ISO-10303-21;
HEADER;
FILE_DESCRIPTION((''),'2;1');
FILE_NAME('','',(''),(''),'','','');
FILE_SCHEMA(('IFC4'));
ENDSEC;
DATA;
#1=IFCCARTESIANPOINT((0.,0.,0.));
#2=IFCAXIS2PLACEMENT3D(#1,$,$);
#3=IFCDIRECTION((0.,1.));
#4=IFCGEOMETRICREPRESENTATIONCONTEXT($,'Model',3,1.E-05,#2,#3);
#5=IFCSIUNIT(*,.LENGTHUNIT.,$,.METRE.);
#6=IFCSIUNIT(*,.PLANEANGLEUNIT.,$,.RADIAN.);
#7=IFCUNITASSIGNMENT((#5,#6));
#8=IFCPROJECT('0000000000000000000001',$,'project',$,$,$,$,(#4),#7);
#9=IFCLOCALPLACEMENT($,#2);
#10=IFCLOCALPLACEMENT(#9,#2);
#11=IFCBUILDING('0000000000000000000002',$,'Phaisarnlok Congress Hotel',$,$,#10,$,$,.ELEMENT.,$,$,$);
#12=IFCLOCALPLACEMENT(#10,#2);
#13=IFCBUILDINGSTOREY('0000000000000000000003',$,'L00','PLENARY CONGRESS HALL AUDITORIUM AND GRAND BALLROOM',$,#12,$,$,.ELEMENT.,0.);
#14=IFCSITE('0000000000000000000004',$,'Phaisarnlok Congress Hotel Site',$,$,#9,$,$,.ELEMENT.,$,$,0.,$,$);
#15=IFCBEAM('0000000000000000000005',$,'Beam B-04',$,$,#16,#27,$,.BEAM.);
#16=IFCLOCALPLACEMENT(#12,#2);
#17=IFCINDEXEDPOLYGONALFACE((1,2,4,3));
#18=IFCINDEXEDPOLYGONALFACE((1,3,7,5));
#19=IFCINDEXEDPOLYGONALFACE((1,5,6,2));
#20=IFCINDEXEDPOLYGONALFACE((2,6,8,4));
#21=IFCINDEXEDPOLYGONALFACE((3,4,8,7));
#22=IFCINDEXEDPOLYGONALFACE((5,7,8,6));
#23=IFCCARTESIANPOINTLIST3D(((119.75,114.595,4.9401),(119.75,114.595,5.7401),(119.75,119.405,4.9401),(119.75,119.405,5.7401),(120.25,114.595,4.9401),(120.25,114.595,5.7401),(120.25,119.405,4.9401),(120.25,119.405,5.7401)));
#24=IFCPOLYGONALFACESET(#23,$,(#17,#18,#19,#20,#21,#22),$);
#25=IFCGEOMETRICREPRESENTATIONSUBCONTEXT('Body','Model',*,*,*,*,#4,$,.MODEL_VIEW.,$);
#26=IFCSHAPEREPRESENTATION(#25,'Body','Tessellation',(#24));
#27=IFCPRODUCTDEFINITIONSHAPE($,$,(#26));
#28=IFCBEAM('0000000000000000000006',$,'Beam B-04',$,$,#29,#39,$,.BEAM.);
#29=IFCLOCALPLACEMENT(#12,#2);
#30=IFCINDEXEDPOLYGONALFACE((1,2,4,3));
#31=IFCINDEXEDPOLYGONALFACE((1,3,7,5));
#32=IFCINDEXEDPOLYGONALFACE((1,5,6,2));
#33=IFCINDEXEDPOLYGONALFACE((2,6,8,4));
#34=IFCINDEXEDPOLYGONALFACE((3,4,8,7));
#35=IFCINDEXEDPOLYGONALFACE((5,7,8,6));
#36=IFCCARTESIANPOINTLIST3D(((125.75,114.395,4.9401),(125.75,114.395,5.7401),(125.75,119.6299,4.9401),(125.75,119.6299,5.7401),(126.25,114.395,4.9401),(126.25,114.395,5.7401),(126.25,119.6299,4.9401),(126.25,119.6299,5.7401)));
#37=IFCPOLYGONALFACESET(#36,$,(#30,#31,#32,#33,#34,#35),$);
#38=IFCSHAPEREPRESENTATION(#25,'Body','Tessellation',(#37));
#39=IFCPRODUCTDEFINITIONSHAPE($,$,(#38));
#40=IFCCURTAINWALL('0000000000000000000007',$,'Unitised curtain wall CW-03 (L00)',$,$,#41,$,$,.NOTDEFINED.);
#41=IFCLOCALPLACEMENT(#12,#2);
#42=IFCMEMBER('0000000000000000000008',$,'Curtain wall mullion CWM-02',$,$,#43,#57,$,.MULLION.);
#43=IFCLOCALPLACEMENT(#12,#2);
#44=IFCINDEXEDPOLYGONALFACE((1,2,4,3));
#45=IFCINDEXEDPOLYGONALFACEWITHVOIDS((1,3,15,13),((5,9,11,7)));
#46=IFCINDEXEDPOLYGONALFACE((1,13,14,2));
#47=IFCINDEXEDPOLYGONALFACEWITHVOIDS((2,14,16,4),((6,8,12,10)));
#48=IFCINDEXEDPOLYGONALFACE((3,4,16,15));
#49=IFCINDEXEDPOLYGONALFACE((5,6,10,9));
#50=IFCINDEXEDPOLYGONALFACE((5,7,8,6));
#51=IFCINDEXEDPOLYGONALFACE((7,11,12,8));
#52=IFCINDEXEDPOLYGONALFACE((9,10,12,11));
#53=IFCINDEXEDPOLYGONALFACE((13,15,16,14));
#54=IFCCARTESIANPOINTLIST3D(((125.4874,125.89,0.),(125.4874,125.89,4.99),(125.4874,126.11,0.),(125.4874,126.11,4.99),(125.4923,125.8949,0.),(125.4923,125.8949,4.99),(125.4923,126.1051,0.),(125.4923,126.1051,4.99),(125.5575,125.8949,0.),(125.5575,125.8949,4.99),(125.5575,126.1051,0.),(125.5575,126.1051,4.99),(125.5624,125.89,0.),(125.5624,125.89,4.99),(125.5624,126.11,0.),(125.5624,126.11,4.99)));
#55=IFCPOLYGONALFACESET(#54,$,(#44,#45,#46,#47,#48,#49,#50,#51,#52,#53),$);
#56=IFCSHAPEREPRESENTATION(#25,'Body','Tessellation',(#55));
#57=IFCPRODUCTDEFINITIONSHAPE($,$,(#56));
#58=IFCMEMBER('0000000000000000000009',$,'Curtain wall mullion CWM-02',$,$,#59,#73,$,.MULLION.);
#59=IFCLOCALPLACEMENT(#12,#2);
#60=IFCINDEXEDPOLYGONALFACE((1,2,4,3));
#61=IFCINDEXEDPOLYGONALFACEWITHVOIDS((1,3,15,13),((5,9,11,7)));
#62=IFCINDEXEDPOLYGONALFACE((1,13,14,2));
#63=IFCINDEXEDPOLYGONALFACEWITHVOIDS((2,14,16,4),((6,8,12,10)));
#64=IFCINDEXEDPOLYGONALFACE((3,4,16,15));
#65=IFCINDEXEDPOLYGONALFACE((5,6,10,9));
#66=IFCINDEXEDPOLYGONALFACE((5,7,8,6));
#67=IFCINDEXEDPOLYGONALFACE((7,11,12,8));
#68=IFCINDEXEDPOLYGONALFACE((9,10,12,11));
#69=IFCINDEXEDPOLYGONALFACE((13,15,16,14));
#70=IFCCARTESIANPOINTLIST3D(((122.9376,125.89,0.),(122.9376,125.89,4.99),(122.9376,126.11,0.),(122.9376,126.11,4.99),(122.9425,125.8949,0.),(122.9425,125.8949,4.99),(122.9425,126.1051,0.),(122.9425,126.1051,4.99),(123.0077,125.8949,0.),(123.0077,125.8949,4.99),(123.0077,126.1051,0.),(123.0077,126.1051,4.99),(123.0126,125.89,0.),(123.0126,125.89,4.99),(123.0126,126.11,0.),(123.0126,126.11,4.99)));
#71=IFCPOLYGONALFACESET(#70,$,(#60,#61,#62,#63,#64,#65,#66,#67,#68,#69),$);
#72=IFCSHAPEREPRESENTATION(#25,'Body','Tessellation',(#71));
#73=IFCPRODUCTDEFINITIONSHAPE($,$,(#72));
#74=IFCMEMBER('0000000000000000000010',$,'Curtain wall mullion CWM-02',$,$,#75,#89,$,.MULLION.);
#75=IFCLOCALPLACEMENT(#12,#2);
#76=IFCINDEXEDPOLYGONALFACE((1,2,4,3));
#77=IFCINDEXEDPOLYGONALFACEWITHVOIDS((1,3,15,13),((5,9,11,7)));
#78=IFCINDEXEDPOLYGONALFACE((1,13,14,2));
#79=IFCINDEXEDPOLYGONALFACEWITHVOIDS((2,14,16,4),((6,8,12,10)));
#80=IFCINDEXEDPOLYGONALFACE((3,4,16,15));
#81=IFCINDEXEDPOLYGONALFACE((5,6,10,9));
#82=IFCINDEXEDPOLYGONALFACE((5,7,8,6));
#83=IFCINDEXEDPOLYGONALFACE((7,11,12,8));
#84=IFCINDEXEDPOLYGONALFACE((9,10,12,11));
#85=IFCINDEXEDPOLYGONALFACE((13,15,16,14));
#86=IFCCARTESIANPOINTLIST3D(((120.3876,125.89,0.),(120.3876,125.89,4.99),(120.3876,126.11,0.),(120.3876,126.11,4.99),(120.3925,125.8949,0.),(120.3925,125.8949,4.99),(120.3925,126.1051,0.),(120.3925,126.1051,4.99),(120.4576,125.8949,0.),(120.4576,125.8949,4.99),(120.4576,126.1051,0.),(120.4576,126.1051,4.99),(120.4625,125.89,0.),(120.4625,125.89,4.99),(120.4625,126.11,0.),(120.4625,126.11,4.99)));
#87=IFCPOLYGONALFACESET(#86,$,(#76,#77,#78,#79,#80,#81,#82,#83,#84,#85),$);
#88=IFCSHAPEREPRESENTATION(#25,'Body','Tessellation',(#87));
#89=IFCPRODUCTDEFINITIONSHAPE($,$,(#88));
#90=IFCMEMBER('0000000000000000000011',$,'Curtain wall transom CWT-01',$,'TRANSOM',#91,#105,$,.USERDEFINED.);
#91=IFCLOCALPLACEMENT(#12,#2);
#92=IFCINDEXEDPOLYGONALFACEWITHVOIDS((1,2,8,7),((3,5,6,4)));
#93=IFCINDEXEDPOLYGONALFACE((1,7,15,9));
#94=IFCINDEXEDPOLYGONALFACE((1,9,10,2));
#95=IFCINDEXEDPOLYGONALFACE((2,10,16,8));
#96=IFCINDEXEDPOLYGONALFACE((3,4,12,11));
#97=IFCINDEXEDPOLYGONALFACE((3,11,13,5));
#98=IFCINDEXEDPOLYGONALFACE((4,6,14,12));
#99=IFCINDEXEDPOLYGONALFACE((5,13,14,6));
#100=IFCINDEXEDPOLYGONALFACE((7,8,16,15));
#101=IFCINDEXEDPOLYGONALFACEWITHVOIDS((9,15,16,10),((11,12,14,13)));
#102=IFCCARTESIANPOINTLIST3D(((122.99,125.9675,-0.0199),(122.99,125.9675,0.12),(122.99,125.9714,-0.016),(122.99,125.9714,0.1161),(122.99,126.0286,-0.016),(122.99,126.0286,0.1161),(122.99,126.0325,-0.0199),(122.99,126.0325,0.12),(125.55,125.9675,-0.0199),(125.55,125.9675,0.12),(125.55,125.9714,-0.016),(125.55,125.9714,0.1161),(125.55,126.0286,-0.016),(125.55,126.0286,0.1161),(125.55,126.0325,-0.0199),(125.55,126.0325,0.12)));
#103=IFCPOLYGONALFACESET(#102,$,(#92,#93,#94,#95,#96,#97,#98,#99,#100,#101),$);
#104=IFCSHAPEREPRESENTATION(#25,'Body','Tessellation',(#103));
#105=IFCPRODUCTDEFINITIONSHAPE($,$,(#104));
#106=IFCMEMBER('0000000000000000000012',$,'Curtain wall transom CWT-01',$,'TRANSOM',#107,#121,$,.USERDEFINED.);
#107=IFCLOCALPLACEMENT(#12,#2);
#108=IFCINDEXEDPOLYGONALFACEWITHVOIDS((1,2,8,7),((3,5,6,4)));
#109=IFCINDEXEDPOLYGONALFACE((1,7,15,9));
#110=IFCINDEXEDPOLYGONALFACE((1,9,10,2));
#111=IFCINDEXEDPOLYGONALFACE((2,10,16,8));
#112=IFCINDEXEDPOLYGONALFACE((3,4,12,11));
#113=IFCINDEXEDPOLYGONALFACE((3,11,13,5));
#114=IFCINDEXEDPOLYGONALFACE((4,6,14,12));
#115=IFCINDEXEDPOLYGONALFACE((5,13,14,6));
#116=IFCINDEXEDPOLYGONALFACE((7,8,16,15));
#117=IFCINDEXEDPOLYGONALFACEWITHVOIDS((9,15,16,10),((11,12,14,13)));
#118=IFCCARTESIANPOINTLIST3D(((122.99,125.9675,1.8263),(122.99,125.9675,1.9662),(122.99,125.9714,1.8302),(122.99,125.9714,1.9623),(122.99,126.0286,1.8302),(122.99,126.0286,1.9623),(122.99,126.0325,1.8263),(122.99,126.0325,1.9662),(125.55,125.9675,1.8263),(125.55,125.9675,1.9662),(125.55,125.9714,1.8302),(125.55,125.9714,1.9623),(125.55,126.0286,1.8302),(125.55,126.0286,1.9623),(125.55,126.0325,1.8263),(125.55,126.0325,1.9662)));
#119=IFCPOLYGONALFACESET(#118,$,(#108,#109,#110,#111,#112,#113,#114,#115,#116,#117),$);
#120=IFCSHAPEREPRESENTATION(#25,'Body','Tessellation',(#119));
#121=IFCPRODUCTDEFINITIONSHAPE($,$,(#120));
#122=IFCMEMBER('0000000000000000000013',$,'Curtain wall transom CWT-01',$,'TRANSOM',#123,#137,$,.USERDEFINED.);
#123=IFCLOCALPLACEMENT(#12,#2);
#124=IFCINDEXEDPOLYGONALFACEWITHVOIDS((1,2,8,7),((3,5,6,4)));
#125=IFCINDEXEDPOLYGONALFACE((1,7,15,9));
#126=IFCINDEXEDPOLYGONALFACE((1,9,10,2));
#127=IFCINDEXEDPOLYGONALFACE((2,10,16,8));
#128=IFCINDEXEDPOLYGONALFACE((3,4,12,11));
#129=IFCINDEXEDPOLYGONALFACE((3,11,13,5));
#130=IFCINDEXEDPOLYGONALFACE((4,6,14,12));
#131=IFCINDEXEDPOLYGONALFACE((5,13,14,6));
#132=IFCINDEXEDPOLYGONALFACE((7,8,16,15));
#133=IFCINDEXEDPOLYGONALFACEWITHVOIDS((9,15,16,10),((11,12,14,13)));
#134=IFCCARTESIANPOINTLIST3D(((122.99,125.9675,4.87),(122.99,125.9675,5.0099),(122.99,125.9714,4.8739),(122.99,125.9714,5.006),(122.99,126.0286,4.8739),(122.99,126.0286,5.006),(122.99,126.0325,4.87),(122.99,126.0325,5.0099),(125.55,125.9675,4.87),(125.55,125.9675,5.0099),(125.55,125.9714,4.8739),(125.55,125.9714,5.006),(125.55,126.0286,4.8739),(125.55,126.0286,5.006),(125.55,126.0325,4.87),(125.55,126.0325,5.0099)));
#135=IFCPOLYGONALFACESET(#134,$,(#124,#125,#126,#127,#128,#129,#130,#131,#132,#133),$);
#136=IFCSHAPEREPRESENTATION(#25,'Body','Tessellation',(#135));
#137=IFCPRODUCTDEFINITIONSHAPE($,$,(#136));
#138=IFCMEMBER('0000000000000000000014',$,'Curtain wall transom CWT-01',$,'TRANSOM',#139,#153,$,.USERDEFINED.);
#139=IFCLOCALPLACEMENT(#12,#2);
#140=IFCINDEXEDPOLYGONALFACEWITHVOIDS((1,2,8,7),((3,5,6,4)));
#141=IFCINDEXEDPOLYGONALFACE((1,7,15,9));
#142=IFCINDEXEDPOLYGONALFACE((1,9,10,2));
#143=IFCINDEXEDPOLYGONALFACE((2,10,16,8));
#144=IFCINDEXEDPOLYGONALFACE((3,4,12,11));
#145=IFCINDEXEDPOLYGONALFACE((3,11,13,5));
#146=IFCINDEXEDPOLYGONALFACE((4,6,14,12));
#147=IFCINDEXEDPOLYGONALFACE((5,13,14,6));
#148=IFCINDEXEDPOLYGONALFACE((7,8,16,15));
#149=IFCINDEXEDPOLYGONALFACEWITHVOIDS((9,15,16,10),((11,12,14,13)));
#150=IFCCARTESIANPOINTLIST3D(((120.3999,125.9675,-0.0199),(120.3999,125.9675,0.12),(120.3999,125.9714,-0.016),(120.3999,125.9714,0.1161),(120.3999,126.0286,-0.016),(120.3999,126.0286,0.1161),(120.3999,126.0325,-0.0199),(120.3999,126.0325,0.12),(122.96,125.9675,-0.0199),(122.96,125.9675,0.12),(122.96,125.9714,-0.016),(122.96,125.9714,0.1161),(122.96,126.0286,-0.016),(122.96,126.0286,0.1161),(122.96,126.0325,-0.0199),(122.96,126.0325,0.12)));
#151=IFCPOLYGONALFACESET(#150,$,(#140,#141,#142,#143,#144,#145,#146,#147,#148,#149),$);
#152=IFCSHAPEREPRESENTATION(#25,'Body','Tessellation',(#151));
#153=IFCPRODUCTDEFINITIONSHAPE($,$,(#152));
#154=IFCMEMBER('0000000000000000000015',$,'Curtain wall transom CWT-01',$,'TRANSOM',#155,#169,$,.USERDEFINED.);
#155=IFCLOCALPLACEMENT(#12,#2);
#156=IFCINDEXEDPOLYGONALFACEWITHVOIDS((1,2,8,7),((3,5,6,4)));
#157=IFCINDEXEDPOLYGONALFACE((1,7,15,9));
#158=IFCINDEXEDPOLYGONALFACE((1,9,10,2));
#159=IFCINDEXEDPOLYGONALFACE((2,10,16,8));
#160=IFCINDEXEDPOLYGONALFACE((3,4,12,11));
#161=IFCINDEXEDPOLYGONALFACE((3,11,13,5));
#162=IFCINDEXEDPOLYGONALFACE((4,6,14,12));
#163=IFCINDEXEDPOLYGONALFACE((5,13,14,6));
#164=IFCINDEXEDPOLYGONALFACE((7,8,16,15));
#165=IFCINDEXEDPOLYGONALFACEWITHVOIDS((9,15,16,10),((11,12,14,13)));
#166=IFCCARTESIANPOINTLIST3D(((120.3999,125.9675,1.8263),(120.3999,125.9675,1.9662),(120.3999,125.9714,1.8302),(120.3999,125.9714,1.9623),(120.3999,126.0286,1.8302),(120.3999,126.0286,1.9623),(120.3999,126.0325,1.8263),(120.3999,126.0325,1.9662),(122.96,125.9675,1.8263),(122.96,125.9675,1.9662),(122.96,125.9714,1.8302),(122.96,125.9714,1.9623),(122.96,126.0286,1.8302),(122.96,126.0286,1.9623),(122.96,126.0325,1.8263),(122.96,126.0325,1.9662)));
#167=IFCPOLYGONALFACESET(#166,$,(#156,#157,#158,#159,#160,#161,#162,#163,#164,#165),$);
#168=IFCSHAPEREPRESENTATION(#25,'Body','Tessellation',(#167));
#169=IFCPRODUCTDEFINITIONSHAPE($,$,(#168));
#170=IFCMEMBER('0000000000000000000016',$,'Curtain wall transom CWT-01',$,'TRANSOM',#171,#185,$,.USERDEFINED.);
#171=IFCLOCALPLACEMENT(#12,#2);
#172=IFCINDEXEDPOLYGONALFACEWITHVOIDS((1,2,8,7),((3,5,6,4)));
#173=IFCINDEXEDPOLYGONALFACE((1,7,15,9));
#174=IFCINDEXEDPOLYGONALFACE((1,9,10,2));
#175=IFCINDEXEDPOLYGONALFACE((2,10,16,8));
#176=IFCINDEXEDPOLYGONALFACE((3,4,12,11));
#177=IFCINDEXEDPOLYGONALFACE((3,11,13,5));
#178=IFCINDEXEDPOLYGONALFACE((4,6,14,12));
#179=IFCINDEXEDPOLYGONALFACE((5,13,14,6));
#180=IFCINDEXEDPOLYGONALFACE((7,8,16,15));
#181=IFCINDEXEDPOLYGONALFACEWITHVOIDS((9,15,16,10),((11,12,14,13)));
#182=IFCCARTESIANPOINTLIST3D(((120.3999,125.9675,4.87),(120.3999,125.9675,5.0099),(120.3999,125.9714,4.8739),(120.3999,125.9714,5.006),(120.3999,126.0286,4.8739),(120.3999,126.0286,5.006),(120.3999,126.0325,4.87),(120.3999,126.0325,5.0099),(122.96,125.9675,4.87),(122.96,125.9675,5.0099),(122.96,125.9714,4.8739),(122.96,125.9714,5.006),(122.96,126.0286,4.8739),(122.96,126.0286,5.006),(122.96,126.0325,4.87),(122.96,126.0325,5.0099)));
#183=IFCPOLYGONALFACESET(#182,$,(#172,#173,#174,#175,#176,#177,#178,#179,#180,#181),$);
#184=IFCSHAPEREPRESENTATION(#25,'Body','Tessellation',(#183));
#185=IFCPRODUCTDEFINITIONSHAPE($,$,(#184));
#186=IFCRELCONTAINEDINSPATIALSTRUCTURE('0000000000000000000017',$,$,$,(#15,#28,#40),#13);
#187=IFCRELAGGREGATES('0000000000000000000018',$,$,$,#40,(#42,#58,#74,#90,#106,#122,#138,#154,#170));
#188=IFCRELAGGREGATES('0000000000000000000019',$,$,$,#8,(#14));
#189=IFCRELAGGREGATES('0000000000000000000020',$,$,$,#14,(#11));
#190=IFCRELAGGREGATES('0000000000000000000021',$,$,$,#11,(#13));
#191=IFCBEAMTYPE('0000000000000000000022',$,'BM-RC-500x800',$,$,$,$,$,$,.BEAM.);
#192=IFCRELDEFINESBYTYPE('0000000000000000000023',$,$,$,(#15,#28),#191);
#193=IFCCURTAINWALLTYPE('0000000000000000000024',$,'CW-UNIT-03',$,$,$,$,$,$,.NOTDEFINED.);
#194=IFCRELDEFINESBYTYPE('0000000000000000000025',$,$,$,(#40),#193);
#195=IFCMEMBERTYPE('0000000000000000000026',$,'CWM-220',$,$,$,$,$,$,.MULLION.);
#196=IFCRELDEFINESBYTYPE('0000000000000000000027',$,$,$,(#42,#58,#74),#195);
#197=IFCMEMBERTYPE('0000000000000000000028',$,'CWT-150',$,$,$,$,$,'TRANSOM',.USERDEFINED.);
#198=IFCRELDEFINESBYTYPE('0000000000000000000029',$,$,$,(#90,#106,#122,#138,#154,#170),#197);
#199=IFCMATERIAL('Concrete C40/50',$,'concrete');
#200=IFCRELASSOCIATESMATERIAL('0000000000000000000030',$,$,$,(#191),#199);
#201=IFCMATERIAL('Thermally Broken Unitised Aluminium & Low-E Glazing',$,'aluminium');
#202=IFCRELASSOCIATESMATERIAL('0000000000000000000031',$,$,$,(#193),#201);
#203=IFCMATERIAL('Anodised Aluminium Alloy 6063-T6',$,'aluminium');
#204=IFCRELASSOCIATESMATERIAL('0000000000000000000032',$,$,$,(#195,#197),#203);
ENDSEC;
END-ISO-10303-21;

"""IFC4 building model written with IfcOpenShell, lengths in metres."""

from ifc_helpers import new_model, si_unit, direction, frame, origin, origin_2d, place, context, subcontext, project, spatial, rectangle, hollow_rectangle, extrude, material, material_profile, profile_set, type_object, element, aggregate, save


model = new_model("IFC4")

# Units and contexts
model_context = context("Model", 3, precision=1e-05, world=origin(), true_north=direction((0.0, 1.0)))
body_context = subcontext(model_context, "Body", "Model", "MODEL_VIEW")
ifc_project = project(units=[si_unit("LENGTHUNIT", "METRE"), si_unit("PLANEANGLEUNIT", "RADIAN")], contexts=[model_context])

# Site, building, storey
site_placement = place(None, origin())
site = spatial("IfcSite", under=ifc_project, at=site_placement, Name="Phaisarnlok Congress Hotel Site", CompositionType="ELEMENT", RefElevation=0.0)
building_placement = place(site_placement, origin())
building = spatial("IfcBuilding", under=site, at=building_placement, Name="Phaisarnlok Congress Hotel", CompositionType="ELEMENT")
storey_placement = place(building_placement, origin())
storey = spatial("IfcBuildingStorey", under=building, at=storey_placement, Name="L00", Description="PLENARY CONGRESS HALL AUDITORIUM AND GRAND BALLROOM", CompositionType="ELEMENT", Elevation=0.0)

# Beams
ifc_material_1 = material(Name="Concrete C40/50", Category="concrete")
ifc_material_profile_1 = material_profile(ifc_material_1, rectangle(XDim=0.5, YDim=0.8, at=origin_2d()), Name="RC 500x800")
ifc_profile_set_1 = profile_set([ifc_material_profile_1], Name="Concrete C40/50")
beam_type_1 = type_object("IfcBeamType", Name="BM-RC-500x800", PredefinedType="BEAM", material=ifc_profile_set_1)
beam_1_placement = place(storey_placement, frame((120.0, 114.595, 5.3401), z_axis=(0.0, 1.0, 0.0), x_axis=(-1.0, 0.0, 0.0)))
element("IfcBeam", 1, at=beam_1_placement, inside=storey, type_object=beam_type_1, Name="Beam B-04", PredefinedType="BEAM", context=body_context, shape_type="SweptSolid", body=[
    extrude(rectangle(XDim=0.5, YDim=0.8, at=origin_2d()), origin(), (0.0, 0.0, 1.0), 4.8101),
])
beam_2_placement = place(storey_placement, frame((126.0, 114.395, 5.3401), z_axis=(0.0, 1.0, 0.0), x_axis=(-1.0, 0.0, 0.0)))
element("IfcBeam", 2, at=beam_2_placement, inside=storey, type_object=beam_type_1, Name="Beam B-04", PredefinedType="BEAM", context=body_context, shape_type="SweptSolid", body=[
    extrude(rectangle(XDim=0.5, YDim=0.8, at=origin_2d()), origin(), (0.0, 0.0, 1.0), 5.2349),
])

# Curtain wall, members
ifc_material_2 = material(Name="Thermally Broken Unitised Aluminium & Low-E Glazing", Category="aluminium")
curtain_wall_type = type_object("IfcCurtainWallType", Name="CW-UNIT-03", PredefinedType="NOTDEFINED", material=ifc_material_2)
curtain_wall_placement = place(storey_placement, origin())
curtain_wall = element("IfcCurtainWall", 3, at=curtain_wall_placement, inside=storey, type_object=curtain_wall_type, Name="Unitised curtain wall CW-03 (L00)", PredefinedType="NOTDEFINED")
ifc_material_3 = material(Name="Anodised Aluminium Alloy 6063-T6", Category="aluminium")
ifc_material_profile_2 = material_profile(ifc_material_3, hollow_rectangle(XDim=0.075, YDim=0.22, WallThickness=0.0049, at=origin_2d()), Name="ALU-M 75x220x5")
ifc_profile_set_2 = profile_set([ifc_material_profile_2], Name="Anodised Aluminium Alloy 6063-T6")
member_type_1 = type_object("IfcMemberType", Name="CWM-220", PredefinedType="MULLION", material=ifc_profile_set_2)
member_1_placement = place(storey_placement, frame((125.5249, 126.0, 0.0), z_axis=(0.0, 0.0, 1.0), x_axis=(-1.0, 0.0, 0.0)))
member_1 = element("IfcMember", 4, at=member_1_placement, type_object=member_type_1, Name="Curtain wall mullion CWM-02", PredefinedType="MULLION", context=body_context, shape_type="SweptSolid", body=[
    extrude(hollow_rectangle(XDim=0.075, YDim=0.22, WallThickness=0.0049, at=origin_2d()), origin(), (0.0, 0.0, 1.0), 4.99),
])
member_2_placement = place(storey_placement, frame((122.9751, 126.0, 0.0), z_axis=(0.0, 0.0, 1.0), x_axis=(-1.0, 0.0, 0.0)))
member_2 = element("IfcMember", 5, at=member_2_placement, type_object=member_type_1, Name="Curtain wall mullion CWM-02", PredefinedType="MULLION", context=body_context, shape_type="SweptSolid", body=[
    extrude(hollow_rectangle(XDim=0.075, YDim=0.22, WallThickness=0.0049, at=origin_2d()), origin(), (0.0, 0.0, 1.0), 4.99),
])
member_3_placement = place(storey_placement, frame((120.425, 126.0, 0.0), z_axis=(0.0, 0.0, 1.0), x_axis=(-1.0, 0.0, 0.0)))
member_3 = element("IfcMember", 6, at=member_3_placement, type_object=member_type_1, Name="Curtain wall mullion CWM-02", PredefinedType="MULLION", context=body_context, shape_type="SweptSolid", body=[
    extrude(hollow_rectangle(XDim=0.075, YDim=0.22, WallThickness=0.0049, at=origin_2d()), origin(), (0.0, 0.0, 1.0), 4.99),
])
ifc_material_profile_3 = material_profile(ifc_material_3, hollow_rectangle(XDim=0.0649, YDim=0.1399, WallThickness=0.0039, at=origin_2d()), Name="ALU-T 65x140x4")
ifc_profile_set_3 = profile_set([ifc_material_profile_3], Name="Anodised Aluminium Alloy 6063-T6")
member_type_2 = type_object("IfcMemberType", Name="CWT-150", ElementType="TRANSOM", PredefinedType="USERDEFINED", material=ifc_profile_set_3)
member_4_placement = place(storey_placement, frame((125.55, 126.0, 0.05), z_axis=(-1.0, 0.0, 0.0), x_axis=(0.0, -1.0, 0.0)))
member_4 = element("IfcMember", 7, at=member_4_placement, type_object=member_type_2, Name="Curtain wall transom CWT-01", ObjectType="TRANSOM", PredefinedType="USERDEFINED", context=body_context, shape_type="SweptSolid", body=[
    extrude(hollow_rectangle(XDim=0.0649, YDim=0.1399, WallThickness=0.0039, at=origin_2d()), origin(), (0.0, 0.0, 1.0), 2.5601),
])
member_5_placement = place(storey_placement, frame((125.55, 126.0, 1.8962), z_axis=(-1.0, 0.0, 0.0), x_axis=(0.0, -1.0, 0.0)))
member_5 = element("IfcMember", 8, at=member_5_placement, type_object=member_type_2, Name="Curtain wall transom CWT-01", ObjectType="TRANSOM", PredefinedType="USERDEFINED", context=body_context, shape_type="SweptSolid", body=[
    extrude(hollow_rectangle(XDim=0.0649, YDim=0.1399, WallThickness=0.0039, at=origin_2d()), origin(), (0.0, 0.0, 1.0), 2.5601),
])
member_6_placement = place(storey_placement, frame((125.55, 126.0, 4.9399), z_axis=(-1.0, 0.0, 0.0), x_axis=(0.0, -1.0, 0.0)))
member_6 = element("IfcMember", 9, at=member_6_placement, type_object=member_type_2, Name="Curtain wall transom CWT-01", ObjectType="TRANSOM", PredefinedType="USERDEFINED", context=body_context, shape_type="SweptSolid", body=[
    extrude(hollow_rectangle(XDim=0.0649, YDim=0.1399, WallThickness=0.0039, at=origin_2d()), origin(), (0.0, 0.0, 1.0), 2.5601),
])
member_7_placement = place(storey_placement, frame((122.96, 126.0, 0.05), z_axis=(-1.0, 0.0, 0.0), x_axis=(0.0, -1.0, 0.0)))
member_7 = element("IfcMember", 10, at=member_7_placement, type_object=member_type_2, Name="Curtain wall transom CWT-01", ObjectType="TRANSOM", PredefinedType="USERDEFINED", context=body_context, shape_type="SweptSolid", body=[
    extrude(hollow_rectangle(XDim=0.0649, YDim=0.1399, WallThickness=0.0039, at=origin_2d()), origin(), (0.0, 0.0, 1.0), 2.5601),
])
member_8_placement = place(storey_placement, frame((122.96, 126.0, 1.8962), z_axis=(-1.0, 0.0, 0.0), x_axis=(0.0, -1.0, 0.0)))
member_8 = element("IfcMember", 11, at=member_8_placement, type_object=member_type_2, Name="Curtain wall transom CWT-01", ObjectType="TRANSOM", PredefinedType="USERDEFINED", context=body_context, shape_type="SweptSolid", body=[
    extrude(hollow_rectangle(XDim=0.0649, YDim=0.1399, WallThickness=0.0039, at=origin_2d()), origin(), (0.0, 0.0, 1.0), 2.5601),
])
member_9_placement = place(storey_placement, frame((122.96, 126.0, 4.9399), z_axis=(-1.0, 0.0, 0.0), x_axis=(0.0, -1.0, 0.0)))
member_9 = element("IfcMember", 12, at=member_9_placement, type_object=member_type_2, Name="Curtain wall transom CWT-01", ObjectType="TRANSOM", PredefinedType="USERDEFINED", context=body_context, shape_type="SweptSolid", body=[
    extrude(hollow_rectangle(XDim=0.0649, YDim=0.1399, WallThickness=0.0039, at=origin_2d()), origin(), (0.0, 0.0, 1.0), 2.5601),
])

aggregate(curtain_wall, [member_1, member_2, member_3, member_4, member_5, member_6, member_7, member_8, member_9])

save(model, "model.ifc")
